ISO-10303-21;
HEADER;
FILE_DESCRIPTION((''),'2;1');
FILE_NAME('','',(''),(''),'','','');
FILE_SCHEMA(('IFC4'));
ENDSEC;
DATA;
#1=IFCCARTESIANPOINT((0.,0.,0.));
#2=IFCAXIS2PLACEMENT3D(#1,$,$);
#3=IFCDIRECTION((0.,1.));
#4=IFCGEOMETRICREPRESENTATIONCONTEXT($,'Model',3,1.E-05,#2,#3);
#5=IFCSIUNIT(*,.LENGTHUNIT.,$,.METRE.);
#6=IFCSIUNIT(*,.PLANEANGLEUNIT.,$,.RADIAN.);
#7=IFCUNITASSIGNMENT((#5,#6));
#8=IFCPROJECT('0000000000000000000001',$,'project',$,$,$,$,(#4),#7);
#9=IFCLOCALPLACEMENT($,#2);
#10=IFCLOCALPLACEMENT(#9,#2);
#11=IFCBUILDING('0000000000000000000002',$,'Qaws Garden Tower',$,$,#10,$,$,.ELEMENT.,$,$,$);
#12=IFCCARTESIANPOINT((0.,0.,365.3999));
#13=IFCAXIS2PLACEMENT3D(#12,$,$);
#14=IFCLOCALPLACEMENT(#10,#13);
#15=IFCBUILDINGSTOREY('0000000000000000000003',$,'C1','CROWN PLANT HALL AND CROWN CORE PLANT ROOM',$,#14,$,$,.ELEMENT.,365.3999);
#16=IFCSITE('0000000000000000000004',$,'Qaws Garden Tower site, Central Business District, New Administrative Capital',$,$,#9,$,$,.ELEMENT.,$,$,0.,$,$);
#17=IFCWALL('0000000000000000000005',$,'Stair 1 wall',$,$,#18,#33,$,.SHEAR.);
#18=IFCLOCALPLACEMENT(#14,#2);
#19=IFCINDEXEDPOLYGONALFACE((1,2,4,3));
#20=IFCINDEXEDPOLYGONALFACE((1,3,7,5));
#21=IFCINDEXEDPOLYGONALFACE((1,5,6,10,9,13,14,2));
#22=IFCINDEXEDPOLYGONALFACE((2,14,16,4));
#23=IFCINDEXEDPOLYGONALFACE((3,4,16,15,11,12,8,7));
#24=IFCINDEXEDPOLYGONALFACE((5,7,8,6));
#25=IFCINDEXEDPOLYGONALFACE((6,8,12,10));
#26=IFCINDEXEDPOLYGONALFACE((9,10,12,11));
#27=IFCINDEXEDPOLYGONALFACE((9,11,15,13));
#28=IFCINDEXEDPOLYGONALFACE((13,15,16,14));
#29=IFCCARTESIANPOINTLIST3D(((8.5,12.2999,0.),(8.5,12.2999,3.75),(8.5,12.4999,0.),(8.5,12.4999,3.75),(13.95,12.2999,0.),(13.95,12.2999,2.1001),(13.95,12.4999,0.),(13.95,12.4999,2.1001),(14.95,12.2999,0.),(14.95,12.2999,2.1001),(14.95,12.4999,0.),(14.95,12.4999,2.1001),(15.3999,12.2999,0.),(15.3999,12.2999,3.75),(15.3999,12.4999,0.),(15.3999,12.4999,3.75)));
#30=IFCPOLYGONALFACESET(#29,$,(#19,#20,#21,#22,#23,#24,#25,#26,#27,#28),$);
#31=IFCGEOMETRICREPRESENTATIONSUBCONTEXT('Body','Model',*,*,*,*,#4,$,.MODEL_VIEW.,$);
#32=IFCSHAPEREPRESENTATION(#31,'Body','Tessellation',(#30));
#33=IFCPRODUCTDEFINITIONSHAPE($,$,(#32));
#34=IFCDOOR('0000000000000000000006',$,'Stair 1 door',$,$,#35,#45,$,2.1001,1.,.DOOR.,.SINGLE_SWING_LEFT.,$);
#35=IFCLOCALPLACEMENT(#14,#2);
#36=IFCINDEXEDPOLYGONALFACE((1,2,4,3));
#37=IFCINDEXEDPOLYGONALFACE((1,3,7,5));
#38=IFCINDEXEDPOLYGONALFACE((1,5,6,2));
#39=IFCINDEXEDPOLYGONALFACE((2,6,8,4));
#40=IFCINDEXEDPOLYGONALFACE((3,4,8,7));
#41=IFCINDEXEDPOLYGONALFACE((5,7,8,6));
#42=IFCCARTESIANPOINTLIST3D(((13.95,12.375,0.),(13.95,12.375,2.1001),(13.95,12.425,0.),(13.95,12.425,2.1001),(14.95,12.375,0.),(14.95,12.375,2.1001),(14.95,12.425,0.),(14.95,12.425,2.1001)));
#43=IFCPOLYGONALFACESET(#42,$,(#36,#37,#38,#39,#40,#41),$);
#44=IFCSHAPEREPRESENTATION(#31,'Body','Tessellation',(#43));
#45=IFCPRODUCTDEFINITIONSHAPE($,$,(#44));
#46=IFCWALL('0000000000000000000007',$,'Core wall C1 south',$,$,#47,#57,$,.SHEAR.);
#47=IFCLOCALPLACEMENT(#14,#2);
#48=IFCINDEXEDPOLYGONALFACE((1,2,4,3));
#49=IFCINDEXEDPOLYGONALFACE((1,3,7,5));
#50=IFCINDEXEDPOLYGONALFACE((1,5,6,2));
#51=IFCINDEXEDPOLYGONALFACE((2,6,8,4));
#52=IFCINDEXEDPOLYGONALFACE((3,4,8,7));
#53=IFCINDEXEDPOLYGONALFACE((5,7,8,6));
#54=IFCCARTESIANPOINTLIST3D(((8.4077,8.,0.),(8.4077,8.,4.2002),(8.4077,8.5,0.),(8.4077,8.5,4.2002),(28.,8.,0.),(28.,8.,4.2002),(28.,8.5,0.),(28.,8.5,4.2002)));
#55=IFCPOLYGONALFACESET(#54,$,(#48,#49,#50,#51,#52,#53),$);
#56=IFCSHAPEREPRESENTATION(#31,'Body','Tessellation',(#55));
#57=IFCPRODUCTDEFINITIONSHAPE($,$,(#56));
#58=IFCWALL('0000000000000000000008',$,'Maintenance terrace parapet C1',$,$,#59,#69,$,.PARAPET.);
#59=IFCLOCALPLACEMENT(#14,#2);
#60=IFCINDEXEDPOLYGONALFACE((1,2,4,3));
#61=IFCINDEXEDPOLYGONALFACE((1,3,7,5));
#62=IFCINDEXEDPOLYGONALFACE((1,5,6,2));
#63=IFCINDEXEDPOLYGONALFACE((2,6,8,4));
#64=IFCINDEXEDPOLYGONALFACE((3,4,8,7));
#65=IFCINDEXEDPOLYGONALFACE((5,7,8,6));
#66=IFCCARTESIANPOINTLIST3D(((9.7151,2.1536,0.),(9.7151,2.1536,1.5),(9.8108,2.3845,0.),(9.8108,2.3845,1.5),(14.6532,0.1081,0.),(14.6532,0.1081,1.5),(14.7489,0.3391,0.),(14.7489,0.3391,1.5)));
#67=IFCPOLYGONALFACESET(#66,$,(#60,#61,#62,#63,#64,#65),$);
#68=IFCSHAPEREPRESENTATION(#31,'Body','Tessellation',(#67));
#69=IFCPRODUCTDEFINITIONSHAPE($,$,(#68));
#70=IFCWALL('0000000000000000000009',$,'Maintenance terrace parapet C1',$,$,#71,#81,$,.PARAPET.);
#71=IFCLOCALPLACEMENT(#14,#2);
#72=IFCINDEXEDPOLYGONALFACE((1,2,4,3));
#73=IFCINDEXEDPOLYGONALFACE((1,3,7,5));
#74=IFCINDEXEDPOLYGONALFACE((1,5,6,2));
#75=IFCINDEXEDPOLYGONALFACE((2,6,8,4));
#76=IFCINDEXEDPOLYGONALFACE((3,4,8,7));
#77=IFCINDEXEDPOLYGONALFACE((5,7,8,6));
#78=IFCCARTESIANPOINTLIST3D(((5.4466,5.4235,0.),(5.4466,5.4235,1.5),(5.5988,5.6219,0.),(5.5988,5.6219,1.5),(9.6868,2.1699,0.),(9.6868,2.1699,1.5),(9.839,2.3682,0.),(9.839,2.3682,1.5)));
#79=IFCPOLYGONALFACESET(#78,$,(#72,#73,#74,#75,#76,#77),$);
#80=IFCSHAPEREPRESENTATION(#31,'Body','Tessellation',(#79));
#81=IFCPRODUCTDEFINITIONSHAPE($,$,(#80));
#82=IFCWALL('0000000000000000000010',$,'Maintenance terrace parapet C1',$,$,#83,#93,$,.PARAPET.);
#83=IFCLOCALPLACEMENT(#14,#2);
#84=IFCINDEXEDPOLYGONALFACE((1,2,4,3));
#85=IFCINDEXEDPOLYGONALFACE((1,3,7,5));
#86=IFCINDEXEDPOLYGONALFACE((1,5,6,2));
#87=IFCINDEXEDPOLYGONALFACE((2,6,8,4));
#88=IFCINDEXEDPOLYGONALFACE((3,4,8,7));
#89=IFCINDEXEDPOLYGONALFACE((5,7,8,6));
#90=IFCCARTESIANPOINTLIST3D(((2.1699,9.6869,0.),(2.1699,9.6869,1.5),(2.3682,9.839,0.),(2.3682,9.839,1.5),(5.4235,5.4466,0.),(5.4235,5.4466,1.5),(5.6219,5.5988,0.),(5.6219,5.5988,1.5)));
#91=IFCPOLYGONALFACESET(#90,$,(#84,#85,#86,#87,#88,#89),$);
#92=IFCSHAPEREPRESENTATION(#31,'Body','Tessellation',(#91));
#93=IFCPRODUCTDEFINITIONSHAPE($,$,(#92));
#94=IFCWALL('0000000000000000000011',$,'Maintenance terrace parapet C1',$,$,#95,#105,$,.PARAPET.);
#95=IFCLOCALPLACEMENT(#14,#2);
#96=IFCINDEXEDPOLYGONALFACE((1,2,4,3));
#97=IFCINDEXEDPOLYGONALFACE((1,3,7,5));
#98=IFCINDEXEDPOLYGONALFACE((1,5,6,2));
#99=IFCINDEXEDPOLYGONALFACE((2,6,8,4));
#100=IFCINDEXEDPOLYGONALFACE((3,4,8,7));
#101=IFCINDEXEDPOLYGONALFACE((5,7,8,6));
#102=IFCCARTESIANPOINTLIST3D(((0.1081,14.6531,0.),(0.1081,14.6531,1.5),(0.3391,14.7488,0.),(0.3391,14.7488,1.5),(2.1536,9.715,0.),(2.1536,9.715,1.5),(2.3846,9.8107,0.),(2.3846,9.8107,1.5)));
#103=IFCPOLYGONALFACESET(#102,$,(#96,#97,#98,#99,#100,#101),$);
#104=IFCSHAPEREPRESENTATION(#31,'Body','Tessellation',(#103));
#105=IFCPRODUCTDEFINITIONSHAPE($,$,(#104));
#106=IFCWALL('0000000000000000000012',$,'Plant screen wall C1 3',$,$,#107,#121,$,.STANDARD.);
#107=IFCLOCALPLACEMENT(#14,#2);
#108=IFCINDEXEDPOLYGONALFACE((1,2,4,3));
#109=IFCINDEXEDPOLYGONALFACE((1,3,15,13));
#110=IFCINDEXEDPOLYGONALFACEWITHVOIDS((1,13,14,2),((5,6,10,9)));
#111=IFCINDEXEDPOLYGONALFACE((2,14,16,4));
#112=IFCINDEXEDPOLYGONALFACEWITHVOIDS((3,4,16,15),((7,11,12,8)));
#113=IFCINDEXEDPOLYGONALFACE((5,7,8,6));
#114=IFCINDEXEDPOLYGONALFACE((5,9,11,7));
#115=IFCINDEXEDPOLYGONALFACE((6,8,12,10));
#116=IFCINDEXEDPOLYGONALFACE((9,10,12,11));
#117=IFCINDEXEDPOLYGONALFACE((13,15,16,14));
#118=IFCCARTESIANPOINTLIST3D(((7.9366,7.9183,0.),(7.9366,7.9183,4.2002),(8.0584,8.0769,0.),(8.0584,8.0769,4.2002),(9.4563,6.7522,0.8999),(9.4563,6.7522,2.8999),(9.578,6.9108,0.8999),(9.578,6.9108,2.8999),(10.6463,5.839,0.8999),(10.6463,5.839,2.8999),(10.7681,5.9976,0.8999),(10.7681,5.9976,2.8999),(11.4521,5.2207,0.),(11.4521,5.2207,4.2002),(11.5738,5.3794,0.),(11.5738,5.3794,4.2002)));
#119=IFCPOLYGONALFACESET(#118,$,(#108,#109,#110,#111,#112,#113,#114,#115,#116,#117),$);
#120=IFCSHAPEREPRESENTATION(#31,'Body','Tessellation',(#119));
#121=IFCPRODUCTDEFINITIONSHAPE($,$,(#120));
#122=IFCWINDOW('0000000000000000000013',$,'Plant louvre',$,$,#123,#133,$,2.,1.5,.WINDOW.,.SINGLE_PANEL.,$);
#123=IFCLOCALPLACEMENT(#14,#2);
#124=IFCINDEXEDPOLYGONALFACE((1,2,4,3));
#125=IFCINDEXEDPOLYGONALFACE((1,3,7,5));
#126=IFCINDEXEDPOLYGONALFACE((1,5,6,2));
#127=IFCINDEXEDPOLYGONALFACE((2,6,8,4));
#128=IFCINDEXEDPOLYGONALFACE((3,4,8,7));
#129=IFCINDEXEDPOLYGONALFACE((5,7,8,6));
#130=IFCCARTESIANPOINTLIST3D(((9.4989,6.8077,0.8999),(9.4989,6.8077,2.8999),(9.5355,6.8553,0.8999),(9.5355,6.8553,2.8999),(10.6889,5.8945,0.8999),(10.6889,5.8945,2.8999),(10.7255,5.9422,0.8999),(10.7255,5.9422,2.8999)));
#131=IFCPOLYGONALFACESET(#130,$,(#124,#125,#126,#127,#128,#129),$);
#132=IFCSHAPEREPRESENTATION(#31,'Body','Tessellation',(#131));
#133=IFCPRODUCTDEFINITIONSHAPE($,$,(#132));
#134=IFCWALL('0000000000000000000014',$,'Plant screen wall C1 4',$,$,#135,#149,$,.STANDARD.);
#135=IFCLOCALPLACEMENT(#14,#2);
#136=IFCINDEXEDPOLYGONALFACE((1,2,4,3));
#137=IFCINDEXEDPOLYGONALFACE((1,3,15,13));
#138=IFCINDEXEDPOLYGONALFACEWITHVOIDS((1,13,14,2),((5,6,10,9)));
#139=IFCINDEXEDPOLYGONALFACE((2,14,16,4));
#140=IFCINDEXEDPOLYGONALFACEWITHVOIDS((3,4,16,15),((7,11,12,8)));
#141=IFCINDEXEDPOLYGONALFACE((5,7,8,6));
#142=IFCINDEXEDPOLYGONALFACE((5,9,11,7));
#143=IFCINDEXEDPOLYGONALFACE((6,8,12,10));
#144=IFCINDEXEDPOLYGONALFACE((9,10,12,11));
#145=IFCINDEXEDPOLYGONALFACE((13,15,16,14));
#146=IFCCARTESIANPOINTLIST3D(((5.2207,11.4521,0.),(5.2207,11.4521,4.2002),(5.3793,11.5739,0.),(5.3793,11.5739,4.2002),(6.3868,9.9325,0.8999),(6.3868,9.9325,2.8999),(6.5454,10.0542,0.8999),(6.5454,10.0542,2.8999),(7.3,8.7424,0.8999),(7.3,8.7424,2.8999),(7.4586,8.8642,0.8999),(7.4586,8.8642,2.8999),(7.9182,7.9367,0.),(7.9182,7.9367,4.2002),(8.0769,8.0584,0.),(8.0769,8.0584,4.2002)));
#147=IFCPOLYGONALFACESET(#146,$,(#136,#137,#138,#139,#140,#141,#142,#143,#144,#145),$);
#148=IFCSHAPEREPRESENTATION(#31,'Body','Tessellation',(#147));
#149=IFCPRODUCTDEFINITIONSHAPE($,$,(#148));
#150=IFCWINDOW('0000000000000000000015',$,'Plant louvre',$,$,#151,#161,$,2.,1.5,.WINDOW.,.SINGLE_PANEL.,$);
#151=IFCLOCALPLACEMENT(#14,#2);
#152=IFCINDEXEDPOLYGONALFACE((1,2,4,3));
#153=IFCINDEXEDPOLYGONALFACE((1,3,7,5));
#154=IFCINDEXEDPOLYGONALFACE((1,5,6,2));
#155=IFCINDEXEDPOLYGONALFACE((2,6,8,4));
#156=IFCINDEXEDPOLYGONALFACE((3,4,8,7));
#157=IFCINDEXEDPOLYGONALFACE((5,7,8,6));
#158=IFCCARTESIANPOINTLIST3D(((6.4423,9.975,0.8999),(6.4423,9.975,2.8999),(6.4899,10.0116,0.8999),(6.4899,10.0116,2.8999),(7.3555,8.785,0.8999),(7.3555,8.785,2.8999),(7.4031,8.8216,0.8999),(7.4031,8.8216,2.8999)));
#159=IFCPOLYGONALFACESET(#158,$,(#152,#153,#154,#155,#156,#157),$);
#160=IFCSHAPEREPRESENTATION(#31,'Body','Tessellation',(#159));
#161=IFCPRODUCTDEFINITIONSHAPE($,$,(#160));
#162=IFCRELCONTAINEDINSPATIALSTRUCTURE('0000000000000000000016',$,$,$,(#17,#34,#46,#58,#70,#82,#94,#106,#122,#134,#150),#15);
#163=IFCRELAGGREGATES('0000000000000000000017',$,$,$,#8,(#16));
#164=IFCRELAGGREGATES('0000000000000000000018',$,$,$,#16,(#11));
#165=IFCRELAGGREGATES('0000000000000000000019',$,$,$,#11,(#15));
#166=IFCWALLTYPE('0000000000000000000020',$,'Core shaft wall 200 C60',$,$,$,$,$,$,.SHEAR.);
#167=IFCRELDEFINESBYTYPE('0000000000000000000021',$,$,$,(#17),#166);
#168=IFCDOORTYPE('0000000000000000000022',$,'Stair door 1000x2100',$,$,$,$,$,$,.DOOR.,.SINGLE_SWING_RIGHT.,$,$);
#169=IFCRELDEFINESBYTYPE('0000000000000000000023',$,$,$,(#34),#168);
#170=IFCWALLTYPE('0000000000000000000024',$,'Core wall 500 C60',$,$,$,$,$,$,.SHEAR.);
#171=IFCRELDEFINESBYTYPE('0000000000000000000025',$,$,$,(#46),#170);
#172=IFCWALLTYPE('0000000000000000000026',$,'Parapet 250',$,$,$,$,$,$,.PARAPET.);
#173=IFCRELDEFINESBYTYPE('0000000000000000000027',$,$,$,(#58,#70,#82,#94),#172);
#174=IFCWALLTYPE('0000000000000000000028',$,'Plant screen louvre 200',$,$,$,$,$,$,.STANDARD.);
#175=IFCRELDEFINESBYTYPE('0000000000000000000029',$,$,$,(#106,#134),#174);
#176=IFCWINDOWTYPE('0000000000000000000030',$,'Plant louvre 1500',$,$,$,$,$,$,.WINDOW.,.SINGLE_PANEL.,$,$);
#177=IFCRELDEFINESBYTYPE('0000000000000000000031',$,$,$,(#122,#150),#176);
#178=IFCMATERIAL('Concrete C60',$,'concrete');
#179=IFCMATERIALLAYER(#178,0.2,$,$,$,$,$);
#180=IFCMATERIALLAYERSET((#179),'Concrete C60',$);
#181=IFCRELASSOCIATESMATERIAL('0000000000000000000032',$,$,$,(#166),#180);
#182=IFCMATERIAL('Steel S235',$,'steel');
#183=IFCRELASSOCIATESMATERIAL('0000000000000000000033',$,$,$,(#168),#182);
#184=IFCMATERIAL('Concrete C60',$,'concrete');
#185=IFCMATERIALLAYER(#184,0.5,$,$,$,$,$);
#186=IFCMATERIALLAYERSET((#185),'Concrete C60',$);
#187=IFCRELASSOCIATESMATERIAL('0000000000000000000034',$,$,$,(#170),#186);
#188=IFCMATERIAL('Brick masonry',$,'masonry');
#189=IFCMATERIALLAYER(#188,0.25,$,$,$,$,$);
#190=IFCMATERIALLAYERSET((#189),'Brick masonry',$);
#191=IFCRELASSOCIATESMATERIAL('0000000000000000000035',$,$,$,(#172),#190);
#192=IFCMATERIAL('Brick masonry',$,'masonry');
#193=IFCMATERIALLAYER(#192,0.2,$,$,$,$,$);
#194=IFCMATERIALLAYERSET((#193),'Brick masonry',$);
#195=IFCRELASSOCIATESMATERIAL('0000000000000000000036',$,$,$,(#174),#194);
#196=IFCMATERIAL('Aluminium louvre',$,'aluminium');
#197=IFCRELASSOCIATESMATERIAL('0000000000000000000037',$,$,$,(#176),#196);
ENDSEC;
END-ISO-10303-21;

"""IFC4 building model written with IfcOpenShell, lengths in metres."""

from ifc_helpers import new_model, si_unit, direction, frame, frame_2d, origin, place, context, subcontext, project, spatial, rectangle, extrude, material, layer, layer_set, type_object, element, fill, save


model = new_model("IFC4")

# Units and contexts
model_context = context("Model", 3, precision=1e-05, world=origin(), true_north=direction((0.0, 1.0)))
body_context = subcontext(model_context, "Body", "Model", "MODEL_VIEW")
ifc_project = project(units=[si_unit("LENGTHUNIT", "METRE"), si_unit("PLANEANGLEUNIT", "RADIAN")], contexts=[model_context])

# Site, building, storey
site_placement = place(None, origin())
site = spatial("IfcSite", under=ifc_project, at=site_placement, Name="Qaws Garden Tower site, Central Business District, New Administrative Capital", CompositionType="ELEMENT", RefElevation=0.0)
building_placement = place(site_placement, origin())
building = spatial("IfcBuilding", under=site, at=building_placement, Name="Qaws Garden Tower", CompositionType="ELEMENT")
storey_placement = place(building_placement, frame((0.0, 0.0, 365.3999)))
storey = spatial("IfcBuildingStorey", under=building, at=storey_placement, Name="C1", Description="CROWN PLANT HALL AND CROWN CORE PLANT ROOM", CompositionType="ELEMENT", Elevation=365.3999)

# Shared definitions
ifc_material_1 = material(Name="Concrete C60", Category="concrete")
ifc_layer_1 = layer(ifc_material_1, 0.2)
ifc_layer_set_1 = layer_set([ifc_layer_1], Name="Concrete C60")
wall_type_1 = type_object("IfcWallType", Name="Core shaft wall 200 C60", PredefinedType="SHEAR", material=ifc_layer_set_1)

# Wall, opening, door
wall_1_placement = place(storey_placement, frame((8.5, 12.3999, 0.0), z_axis=(0.0, 0.0, 1.0), x_axis=(1.0, 0.0, 0.0)))
wall_1 = element("IfcWall", 1, at=wall_1_placement, inside=storey, type_object=wall_type_1, Name="Stair 1 wall", PredefinedType="SHEAR", context=body_context, shape_type="SweptSolid", body=[
    extrude(rectangle(XDim=6.8999, YDim=0.2, at=frame_2d((3.45, 0.0))), origin(), (0.0, 0.0, 1.0), 3.75),
])
opening_1_placement = place(wall_1_placement, frame((5.45, 0.0, 0.0)))
opening_1 = element("IfcOpeningElement", 2, at=opening_1_placement, cuts=wall_1, PredefinedType="OPENING", context=body_context, shape_type="SweptSolid", body=[
    extrude(rectangle(XDim=1.0, YDim=2.1001, at=frame_2d((0.5, 1.05))), frame((0.0, 0.1099, 0.0), z_axis=(0.0, -1.0, 0.0), x_axis=(1.0, 0.0, 0.0)), (0.0, 0.0, 1.0), 0.22),
])
ifc_material_2 = material(Name="Steel S235", Category="steel")
door_type_1 = type_object("IfcDoorType", Name="Stair door 1000x2100", OperationType="SINGLE_SWING_RIGHT", PredefinedType="DOOR", material=ifc_material_2)
door_1_placement = place(opening_1_placement, frame((1.0, 0.0, 0.0), z_axis=(0.0, 0.0, 1.0), x_axis=(-1.0, 0.0, 0.0)))
door_1 = element("IfcDoor", 3, at=door_1_placement, inside=storey, type_object=door_type_1, Name="Stair 1 door", OperationType="SINGLE_SWING_LEFT", OverallHeight=2.1001, OverallWidth=1.0, PredefinedType="DOOR", context=body_context, shape_type="SweptSolid", body=[
    extrude(rectangle(XDim=1.0, YDim=2.1001, at=frame_2d((0.5, 1.05))), frame((0.0, 0.0249, 0.0), z_axis=(0.0, -1.0, 0.0), x_axis=(1.0, 0.0, 0.0)), (0.0, 0.0, 1.0), 0.05),
])
fill(opening_1, door_1)

# Walls
ifc_material_3 = material(Name="Concrete C60", Category="concrete")
ifc_layer_2 = layer(ifc_material_3, 0.5)
ifc_layer_set_2 = layer_set([ifc_layer_2], Name="Concrete C60")
wall_type_2 = type_object("IfcWallType", Name="Core wall 500 C60", PredefinedType="SHEAR", material=ifc_layer_set_2)
wall_2_placement = place(storey_placement, frame((8.4077, 8.25, 0.0), z_axis=(0.0, 0.0, 1.0), x_axis=(1.0, 0.0, 0.0)))
element("IfcWall", 4, at=wall_2_placement, inside=storey, type_object=wall_type_2, Name="Core wall C1 south", PredefinedType="SHEAR", context=body_context, shape_type="SweptSolid", body=[
    extrude(rectangle(XDim=19.5923, YDim=0.5, at=frame_2d((9.7961, 0.0))), origin(), (0.0, 0.0, 1.0), 4.2002),
])
ifc_material_4 = material(Name="Brick masonry", Category="masonry")
ifc_layer_3 = layer(ifc_material_4, 0.25)
ifc_layer_set_3 = layer_set([ifc_layer_3], Name="Brick masonry")
wall_type_3 = type_object("IfcWallType", Name="Parapet 250", PredefinedType="PARAPET", material=ifc_layer_set_3)
wall_3_placement = place(storey_placement, frame((14.7009, 0.2236, 0.0), z_axis=(0.0, 0.0, 1.0), x_axis=(-0.923878, 0.382688, 0.0)))
element("IfcWall", 5, at=wall_3_placement, inside=storey, type_object=wall_type_3, Name="Maintenance terrace parapet C1", PredefinedType="PARAPET", context=body_context, shape_type="SweptSolid", body=[
    extrude(rectangle(XDim=5.345, YDim=0.25, at=frame_2d((2.6724, 0.0))), origin(), (0.0, 0.0, 1.0), 1.5),
])
for number, where, z_axis, x_axis, name in (
    (6, (9.7629, 2.269, 0.0), (0.0, 0.0, 1.0), (-0.793352, 0.608763, 0.0), "Maintenance terrace parapet C1"),
    (7, (5.5227, 5.5227, 0.0), (0.0, 0.0, 1.0), (-0.608763, 0.793352, 0.0), "Maintenance terrace parapet C1"),
):
    element("IfcWall", number, at=place(storey_placement, frame(where, z_axis=z_axis, x_axis=x_axis)), inside=storey, type_object=wall_type_3, Name=name, PredefinedType="PARAPET", context=body_context, shape_type="SweptSolid", body=[
        extrude(rectangle(XDim=5.3447, YDim=0.25, at=frame_2d((2.6724, 0.0))), origin(), (0.0, 0.0, 1.0), 1.5),
    ])
wall_4_placement = place(storey_placement, frame((2.269, 9.7629, 0.0), z_axis=(0.0, 0.0, 1.0), x_axis=(-0.382688, 0.923878, 0.0)))
element("IfcWall", 8, at=wall_4_placement, inside=storey, type_object=wall_type_3, Name="Maintenance terrace parapet C1", PredefinedType="PARAPET", context=body_context, shape_type="SweptSolid", body=[
    extrude(rectangle(XDim=5.345, YDim=0.25, at=frame_2d((2.6724, 0.0))), origin(), (0.0, 0.0, 1.0), 1.5),
])

# Walls, openings, windows
ifc_material_5 = material(Name="Brick masonry", Category="masonry")
ifc_layer_4 = layer(ifc_material_5, 0.2)
ifc_layer_set_4 = layer_set([ifc_layer_4], Name="Brick masonry")
wall_type_4 = type_object("IfcWallType", Name="Plant screen louvre 200", PredefinedType="STANDARD", material=ifc_layer_set_4)
wall_5_placement = place(storey_placement, frame((11.5129, 5.3, 0.0), z_axis=(0.0, 0.0, 1.0), x_axis=(-0.793346, 0.60877, 0.0)))
wall_5 = element("IfcWall", 9, at=wall_5_placement, inside=storey, type_object=wall_type_4, Name="Plant screen wall C1 3", PredefinedType="STANDARD", context=body_context, shape_type="SweptSolid", body=[
    extrude(rectangle(XDim=4.4312, YDim=0.2, at=frame_2d((2.2156, 0.0))), origin(), (0.0, 0.0, 1.0), 4.2002),
])
opening_2_placement = place(wall_5_placement, frame((1.0156, 0.0, 0.8999)))
opening_2 = element("IfcOpeningElement", 10, at=opening_2_placement, cuts=wall_5, PredefinedType="OPENING", context=body_context, shape_type="SweptSolid", body=[
    extrude(rectangle(XDim=1.5, YDim=2.0, at=frame_2d((0.75, 1.0))), frame((0.0, 0.1099, 0.0), z_axis=(0.0, -1.0, 0.0), x_axis=(1.0, 0.0, 0.0)), (0.0, 0.0, 1.0), 0.22),
])
ifc_material_6 = material(Name="Aluminium louvre", Category="aluminium")
window_type = type_object("IfcWindowType", Name="Plant louvre 1500", PartitioningType="SINGLE_PANEL", PredefinedType="WINDOW", material=ifc_material_6)
window_1_placement = place(opening_2_placement, origin())
window_1 = element("IfcWindow", 11, at=window_1_placement, inside=storey, type_object=window_type, Name="Plant louvre", OverallHeight=2.0, OverallWidth=1.5, PartitioningType="SINGLE_PANEL", PredefinedType="WINDOW", context=body_context, shape_type="SweptSolid", body=[
    extrude(rectangle(XDim=1.5, YDim=2.0, at=frame_2d((0.75, 1.0))), frame((0.0, 0.03, 0.0), z_axis=(0.0, -1.0, 0.0), x_axis=(1.0, 0.0, 0.0)), (0.0, 0.0, 1.0), 0.0601),
])
fill(opening_2, window_1)
wall_6_placement = place(storey_placement, frame((7.9976, 7.9976, 0.0), z_axis=(0.0, 0.0, 1.0), x_axis=(-0.60877, 0.793346, 0.0)))
wall_6 = element("IfcWall", 12, at=wall_6_placement, inside=storey, type_object=wall_type_4, Name="Plant screen wall C1 4", PredefinedType="STANDARD", context=body_context, shape_type="SweptSolid", body=[
    extrude(rectangle(XDim=4.4312, YDim=0.2, at=frame_2d((2.2156, 0.0))), origin(), (0.0, 0.0, 1.0), 4.2002),
])
opening_3_placement = place(wall_6_placement, frame((1.0156, 0.0, 0.8999)))
opening_3 = element("IfcOpeningElement", 13, at=opening_3_placement, cuts=wall_6, PredefinedType="OPENING", context=body_context, shape_type="SweptSolid", body=[
    extrude(rectangle(XDim=1.5, YDim=2.0, at=frame_2d((0.75, 1.0))), frame((0.0, 0.1099, 0.0), z_axis=(0.0, -1.0, 0.0), x_axis=(1.0, 0.0, 0.0)), (0.0, 0.0, 1.0), 0.22),
])
window_2_placement = place(opening_3_placement, origin())
window_2 = element("IfcWindow", 14, at=window_2_placement, inside=storey, type_object=window_type, Name="Plant louvre", OverallHeight=2.0, OverallWidth=1.5, PartitioningType="SINGLE_PANEL", PredefinedType="WINDOW", context=body_context, shape_type="SweptSolid", body=[
    extrude(rectangle(XDim=1.5, YDim=2.0, at=frame_2d((0.75, 1.0))), frame((0.0, 0.03, 0.0), z_axis=(0.0, -1.0, 0.0), x_axis=(1.0, 0.0, 0.0)), (0.0, 0.0, 1.0), 0.0601),
])
fill(opening_3, window_2)

save(model, "model.ifc")
